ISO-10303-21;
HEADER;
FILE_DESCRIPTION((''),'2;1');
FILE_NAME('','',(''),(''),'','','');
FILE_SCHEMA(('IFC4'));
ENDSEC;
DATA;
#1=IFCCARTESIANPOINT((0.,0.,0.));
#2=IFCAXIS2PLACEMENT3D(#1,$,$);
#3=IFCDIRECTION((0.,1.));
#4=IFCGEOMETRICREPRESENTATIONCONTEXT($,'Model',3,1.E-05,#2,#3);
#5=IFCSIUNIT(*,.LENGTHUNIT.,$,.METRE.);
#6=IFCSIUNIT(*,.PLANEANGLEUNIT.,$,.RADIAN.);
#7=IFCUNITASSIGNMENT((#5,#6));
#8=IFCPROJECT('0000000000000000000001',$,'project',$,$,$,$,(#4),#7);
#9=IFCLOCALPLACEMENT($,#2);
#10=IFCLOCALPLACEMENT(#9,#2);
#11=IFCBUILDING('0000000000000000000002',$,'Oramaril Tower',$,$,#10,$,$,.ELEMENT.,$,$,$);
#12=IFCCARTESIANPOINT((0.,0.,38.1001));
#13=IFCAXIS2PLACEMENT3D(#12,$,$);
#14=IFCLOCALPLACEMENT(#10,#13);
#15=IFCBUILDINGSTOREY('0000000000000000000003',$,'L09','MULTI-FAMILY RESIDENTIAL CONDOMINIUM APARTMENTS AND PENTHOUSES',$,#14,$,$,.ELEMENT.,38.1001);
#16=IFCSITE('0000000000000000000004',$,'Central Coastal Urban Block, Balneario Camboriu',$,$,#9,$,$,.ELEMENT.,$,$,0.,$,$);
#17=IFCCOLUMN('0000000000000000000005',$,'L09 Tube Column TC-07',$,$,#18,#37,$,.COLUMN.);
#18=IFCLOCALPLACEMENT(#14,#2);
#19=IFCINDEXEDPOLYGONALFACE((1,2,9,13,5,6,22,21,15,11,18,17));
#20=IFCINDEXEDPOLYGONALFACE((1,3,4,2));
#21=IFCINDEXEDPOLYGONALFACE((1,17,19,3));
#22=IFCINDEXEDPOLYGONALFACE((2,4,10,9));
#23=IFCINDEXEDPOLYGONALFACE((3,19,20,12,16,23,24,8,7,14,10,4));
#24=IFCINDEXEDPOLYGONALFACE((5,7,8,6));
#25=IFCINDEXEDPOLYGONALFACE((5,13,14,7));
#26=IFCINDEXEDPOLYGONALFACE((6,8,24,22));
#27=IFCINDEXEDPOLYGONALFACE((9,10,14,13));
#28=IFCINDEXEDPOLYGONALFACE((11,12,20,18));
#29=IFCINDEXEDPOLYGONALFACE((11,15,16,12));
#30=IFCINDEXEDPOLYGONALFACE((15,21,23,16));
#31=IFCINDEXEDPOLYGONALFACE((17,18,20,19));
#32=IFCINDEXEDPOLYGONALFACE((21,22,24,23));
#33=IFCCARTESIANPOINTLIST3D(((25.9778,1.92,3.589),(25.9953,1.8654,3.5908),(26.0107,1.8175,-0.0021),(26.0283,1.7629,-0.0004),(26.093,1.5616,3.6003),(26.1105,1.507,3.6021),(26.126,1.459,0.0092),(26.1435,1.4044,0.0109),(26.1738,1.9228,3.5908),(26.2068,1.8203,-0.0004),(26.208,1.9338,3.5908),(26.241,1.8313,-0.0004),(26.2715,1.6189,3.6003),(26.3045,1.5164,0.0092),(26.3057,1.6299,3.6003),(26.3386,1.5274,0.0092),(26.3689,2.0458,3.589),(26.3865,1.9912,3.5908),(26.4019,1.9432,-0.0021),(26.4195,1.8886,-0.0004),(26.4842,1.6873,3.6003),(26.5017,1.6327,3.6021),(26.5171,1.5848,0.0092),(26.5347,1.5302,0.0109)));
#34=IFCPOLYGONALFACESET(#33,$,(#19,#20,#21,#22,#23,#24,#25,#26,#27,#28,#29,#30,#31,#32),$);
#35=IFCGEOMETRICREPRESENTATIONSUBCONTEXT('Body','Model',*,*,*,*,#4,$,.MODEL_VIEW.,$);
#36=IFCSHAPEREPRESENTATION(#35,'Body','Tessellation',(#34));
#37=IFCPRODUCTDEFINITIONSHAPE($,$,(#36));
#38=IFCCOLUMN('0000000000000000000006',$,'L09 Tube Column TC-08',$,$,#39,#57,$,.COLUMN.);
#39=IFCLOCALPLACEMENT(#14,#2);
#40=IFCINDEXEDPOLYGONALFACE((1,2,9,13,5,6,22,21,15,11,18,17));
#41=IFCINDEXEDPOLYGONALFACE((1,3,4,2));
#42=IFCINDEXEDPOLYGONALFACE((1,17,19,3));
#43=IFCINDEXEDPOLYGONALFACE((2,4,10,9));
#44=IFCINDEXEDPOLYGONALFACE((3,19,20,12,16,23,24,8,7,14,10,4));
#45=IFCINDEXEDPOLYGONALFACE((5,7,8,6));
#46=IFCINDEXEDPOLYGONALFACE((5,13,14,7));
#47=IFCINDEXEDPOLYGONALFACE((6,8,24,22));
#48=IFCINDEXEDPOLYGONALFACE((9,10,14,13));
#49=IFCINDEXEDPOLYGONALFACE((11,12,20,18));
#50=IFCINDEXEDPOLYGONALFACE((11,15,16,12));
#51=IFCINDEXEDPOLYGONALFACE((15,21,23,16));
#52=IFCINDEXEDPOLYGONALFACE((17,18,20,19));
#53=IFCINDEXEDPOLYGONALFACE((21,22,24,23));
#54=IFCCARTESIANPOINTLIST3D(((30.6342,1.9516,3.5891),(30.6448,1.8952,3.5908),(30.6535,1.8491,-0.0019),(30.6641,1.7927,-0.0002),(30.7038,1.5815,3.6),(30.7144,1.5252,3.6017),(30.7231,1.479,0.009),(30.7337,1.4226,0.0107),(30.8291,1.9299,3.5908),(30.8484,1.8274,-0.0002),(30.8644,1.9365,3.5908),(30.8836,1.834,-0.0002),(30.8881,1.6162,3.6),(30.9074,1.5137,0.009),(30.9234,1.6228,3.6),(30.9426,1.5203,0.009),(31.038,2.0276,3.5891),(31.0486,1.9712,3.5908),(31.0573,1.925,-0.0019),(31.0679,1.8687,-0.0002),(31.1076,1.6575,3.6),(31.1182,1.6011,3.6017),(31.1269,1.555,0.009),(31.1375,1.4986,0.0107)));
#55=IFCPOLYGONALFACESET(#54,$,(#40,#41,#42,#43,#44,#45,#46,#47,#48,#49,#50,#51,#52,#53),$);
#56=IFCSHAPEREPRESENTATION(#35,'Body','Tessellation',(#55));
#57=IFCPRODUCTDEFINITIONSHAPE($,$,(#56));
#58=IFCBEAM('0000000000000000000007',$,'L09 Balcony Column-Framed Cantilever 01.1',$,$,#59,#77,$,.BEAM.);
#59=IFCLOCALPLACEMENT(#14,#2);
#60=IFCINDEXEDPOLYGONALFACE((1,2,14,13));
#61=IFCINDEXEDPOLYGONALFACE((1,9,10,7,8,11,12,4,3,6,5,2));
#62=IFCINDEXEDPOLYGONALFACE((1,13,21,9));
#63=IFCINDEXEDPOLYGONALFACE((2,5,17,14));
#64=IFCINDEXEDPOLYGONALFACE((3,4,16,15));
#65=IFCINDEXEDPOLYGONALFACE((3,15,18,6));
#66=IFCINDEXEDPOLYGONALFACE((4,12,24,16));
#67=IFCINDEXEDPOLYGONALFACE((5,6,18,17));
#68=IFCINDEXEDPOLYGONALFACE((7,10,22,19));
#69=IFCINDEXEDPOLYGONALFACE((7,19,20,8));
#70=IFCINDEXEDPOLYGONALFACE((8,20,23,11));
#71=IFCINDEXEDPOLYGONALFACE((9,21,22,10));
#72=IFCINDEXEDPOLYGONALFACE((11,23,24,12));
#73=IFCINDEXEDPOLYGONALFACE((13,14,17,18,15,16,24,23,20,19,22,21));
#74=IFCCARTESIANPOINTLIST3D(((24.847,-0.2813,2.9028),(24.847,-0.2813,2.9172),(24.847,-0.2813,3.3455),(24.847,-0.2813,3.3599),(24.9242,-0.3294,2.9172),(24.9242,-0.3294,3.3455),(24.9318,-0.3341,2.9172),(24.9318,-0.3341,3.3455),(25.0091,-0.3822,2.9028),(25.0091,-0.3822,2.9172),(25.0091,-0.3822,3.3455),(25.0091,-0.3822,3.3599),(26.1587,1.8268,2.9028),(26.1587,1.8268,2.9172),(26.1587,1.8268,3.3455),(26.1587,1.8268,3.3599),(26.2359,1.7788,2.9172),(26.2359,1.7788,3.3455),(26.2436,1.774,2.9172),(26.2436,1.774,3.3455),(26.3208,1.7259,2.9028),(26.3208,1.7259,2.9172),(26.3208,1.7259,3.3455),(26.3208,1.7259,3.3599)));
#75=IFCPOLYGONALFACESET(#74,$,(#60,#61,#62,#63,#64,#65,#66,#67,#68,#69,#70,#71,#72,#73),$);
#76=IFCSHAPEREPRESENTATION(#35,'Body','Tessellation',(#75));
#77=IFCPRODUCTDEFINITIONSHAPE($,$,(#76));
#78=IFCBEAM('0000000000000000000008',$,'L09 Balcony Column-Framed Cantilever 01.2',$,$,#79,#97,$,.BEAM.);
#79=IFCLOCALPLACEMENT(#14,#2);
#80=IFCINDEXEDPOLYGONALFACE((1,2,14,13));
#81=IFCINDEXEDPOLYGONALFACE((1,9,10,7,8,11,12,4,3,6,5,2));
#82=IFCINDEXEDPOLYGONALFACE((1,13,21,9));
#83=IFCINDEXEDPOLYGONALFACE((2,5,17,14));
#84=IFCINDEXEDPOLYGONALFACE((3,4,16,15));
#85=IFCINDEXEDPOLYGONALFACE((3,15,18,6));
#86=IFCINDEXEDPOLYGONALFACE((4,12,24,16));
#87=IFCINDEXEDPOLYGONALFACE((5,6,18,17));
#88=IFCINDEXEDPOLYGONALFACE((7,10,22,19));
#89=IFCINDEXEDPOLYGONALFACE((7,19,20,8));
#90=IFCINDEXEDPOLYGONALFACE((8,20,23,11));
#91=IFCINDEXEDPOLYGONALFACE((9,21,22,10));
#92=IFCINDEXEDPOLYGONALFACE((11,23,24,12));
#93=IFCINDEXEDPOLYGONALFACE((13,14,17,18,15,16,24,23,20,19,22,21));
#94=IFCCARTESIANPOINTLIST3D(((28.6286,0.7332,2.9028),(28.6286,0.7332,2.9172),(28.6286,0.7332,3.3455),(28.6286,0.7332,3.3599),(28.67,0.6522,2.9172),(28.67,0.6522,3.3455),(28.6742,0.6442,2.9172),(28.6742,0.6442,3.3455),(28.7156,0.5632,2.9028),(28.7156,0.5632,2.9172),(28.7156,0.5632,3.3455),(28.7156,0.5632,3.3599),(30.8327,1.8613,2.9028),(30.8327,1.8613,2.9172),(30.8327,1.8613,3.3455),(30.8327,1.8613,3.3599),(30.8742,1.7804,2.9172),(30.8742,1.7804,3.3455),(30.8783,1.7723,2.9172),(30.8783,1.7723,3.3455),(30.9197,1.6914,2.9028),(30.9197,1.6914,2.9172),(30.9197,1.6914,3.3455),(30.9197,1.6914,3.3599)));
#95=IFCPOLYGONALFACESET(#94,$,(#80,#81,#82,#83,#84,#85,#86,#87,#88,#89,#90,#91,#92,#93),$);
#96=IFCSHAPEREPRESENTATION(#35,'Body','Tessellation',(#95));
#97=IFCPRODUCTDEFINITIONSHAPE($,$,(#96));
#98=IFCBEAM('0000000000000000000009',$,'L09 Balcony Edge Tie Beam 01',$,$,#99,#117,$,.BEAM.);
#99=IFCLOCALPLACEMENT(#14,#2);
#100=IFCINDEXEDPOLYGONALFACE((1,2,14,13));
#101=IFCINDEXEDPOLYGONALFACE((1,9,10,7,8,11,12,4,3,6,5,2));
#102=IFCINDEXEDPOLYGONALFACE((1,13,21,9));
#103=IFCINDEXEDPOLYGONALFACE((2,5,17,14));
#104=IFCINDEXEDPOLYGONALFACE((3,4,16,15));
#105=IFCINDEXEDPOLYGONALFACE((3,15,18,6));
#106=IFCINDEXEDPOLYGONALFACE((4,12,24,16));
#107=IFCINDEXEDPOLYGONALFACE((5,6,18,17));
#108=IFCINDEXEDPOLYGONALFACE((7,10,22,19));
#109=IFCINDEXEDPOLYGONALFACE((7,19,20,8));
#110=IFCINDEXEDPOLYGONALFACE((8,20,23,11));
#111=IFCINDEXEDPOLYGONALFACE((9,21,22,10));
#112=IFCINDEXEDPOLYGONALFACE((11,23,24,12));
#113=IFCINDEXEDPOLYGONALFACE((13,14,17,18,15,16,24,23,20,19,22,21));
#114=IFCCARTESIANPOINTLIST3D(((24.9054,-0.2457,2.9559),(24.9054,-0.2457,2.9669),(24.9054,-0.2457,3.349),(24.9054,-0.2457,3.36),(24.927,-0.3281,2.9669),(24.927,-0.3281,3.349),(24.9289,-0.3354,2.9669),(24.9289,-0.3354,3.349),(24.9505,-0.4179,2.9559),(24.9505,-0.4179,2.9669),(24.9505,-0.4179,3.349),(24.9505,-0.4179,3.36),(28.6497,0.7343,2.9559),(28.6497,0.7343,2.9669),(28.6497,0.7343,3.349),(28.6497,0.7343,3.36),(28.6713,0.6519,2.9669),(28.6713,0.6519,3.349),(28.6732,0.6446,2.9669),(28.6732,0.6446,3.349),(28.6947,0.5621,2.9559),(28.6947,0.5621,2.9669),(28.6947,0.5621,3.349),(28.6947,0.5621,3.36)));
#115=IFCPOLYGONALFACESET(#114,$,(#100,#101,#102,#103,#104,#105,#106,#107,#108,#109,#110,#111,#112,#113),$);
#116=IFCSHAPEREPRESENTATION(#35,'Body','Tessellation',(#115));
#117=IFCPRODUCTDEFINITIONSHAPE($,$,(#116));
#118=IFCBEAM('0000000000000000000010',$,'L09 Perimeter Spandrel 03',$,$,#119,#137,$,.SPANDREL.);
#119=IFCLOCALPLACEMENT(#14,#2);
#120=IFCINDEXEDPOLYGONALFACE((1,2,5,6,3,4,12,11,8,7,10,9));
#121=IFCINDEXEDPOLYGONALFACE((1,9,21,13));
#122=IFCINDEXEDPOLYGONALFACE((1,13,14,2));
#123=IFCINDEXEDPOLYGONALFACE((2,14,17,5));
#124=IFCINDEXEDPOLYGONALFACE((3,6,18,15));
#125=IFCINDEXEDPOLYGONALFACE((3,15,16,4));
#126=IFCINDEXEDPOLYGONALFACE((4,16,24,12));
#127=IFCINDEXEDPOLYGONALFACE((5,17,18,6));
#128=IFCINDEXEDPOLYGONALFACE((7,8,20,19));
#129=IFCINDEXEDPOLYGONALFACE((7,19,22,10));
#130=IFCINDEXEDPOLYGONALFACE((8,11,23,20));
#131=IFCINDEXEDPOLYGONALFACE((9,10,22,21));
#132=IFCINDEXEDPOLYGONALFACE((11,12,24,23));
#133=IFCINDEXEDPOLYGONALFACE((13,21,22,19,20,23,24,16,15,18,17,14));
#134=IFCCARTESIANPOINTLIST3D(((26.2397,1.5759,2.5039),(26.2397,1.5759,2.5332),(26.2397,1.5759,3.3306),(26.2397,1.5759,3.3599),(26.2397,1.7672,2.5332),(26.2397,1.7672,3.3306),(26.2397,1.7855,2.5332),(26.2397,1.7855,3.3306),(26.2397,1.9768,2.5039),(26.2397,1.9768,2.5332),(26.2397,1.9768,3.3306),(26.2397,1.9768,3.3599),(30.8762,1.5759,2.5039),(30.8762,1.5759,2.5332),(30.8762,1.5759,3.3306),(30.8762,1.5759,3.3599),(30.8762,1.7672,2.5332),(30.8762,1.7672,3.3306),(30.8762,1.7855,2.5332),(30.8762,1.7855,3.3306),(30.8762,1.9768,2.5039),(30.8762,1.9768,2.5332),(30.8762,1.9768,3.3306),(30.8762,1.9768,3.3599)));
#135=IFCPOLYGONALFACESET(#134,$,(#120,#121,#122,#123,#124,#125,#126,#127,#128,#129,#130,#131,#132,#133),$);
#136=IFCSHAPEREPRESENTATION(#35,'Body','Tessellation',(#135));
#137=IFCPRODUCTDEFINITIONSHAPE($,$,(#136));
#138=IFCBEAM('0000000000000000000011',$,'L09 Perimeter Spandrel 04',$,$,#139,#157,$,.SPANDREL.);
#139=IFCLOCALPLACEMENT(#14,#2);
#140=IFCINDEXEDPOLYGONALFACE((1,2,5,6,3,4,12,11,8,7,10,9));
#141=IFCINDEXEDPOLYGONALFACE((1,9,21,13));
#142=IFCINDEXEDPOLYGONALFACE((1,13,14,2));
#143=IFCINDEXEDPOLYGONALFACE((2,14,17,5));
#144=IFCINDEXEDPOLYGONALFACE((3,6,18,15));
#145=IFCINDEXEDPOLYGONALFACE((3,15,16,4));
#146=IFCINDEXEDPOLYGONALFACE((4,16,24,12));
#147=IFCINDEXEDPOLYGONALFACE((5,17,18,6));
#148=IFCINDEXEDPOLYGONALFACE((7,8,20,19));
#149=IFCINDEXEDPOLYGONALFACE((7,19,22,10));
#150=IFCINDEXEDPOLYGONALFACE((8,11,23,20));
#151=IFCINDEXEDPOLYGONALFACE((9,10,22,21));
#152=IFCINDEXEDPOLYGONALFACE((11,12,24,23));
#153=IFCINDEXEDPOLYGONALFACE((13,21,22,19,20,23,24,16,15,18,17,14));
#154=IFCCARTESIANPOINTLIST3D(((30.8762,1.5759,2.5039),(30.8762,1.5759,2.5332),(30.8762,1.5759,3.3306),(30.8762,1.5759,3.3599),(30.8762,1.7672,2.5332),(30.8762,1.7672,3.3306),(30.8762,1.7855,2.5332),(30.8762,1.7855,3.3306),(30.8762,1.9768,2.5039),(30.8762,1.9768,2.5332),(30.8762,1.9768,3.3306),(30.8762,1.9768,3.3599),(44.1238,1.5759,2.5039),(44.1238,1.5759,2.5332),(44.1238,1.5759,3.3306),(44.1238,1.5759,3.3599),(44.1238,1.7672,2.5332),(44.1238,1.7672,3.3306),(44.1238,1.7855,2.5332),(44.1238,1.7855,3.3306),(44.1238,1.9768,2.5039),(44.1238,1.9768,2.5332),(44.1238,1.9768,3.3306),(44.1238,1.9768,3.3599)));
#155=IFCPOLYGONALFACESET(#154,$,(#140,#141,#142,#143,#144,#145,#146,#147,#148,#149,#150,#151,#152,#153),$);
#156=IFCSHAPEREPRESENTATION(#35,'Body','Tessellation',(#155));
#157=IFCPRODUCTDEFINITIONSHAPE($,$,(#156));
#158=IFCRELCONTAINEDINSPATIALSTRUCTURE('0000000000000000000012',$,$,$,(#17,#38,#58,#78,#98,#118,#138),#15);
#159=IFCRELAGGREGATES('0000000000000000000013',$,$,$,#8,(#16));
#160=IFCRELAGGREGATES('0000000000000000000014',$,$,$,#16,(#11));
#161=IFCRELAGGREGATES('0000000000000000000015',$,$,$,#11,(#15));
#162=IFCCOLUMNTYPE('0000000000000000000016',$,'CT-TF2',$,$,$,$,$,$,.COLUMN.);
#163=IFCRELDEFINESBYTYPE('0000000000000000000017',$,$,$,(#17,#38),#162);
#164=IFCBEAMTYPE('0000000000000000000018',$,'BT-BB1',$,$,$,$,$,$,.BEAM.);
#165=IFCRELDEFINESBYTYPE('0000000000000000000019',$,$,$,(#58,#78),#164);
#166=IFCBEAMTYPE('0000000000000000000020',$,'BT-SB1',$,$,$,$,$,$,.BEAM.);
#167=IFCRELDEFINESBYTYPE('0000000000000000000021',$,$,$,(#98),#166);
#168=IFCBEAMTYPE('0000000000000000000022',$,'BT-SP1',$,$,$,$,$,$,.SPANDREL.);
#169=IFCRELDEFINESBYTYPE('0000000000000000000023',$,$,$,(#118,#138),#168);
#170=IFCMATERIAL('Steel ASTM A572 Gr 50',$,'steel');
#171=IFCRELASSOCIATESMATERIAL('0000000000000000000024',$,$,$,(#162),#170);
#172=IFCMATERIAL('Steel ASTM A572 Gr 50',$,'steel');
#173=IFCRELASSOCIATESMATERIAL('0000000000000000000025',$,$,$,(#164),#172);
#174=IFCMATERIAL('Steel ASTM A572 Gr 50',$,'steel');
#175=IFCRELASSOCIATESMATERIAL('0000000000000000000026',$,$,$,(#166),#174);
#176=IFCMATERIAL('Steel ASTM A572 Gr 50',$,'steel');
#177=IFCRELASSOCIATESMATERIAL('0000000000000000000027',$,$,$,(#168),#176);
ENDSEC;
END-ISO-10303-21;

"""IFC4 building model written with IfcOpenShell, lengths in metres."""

from ifc_helpers import new_model, si_unit, direction, frame, origin, origin_2d, place, context, subcontext, project, spatial, i_section, extrude, material, material_profile, profile_set, type_object, element, save


model = new_model("IFC4")

# Units and contexts
model_context = context("Model", 3, precision=1e-05, world=origin(), true_north=direction((0.0, 1.0)))
body_context = subcontext(model_context, "Body", "Model", "MODEL_VIEW")
ifc_project = project(units=[si_unit("LENGTHUNIT", "METRE"), si_unit("PLANEANGLEUNIT", "RADIAN")], contexts=[model_context])

# Site, building, storey
site_placement = place(None, origin())
site = spatial("IfcSite", under=ifc_project, at=site_placement, Name="Central Coastal Urban Block, Balneario Camboriu", CompositionType="ELEMENT", RefElevation=0.0)
building_placement = place(site_placement, origin())
building = spatial("IfcBuilding", under=site, at=building_placement, Name="Oramaril Tower", CompositionType="ELEMENT")
storey_placement = place(building_placement, frame((0.0, 0.0, 38.1001)))
storey = spatial("IfcBuildingStorey", under=building, at=storey_placement, Name="L09", Description="MULTI-FAMILY RESIDENTIAL CONDOMINIUM APARTMENTS AND PENTHOUSES", CompositionType="ELEMENT", Elevation=38.1001)

# Columns
ifc_material_1 = material(Name="Steel ASTM A572 Gr 50", Category="steel")
ifc_material_profile_1 = material_profile(ifc_material_1, i_section(OverallWidth=0.4109, OverallDepth=0.4341, WebThickness=0.0359, FlangeThickness=0.0574, at=origin_2d()), Name="W14X311")
ifc_profile_set_1 = profile_set([ifc_material_profile_1], Name="Steel ASTM A572 Gr 50")
column_type = type_object("IfcColumnType", Name="CT-TF2", PredefinedType="COLUMN", material=ifc_profile_set_1)
column_1_placement = place(storey_placement, frame((26.2727, 1.6738, 0.0044), z_axis=(-0.009174, 0.028541, 0.999551), x_axis=(-0.952029, -0.306009, 0.0)))
element("IfcColumn", 1, at=column_1_placement, inside=storey, type_object=column_type, Name="L09 Tube Column TC-07", PredefinedType="COLUMN", context=body_context, shape_type="SweptSolid", body=[
    extrude(i_section(OverallWidth=0.4109, OverallDepth=0.4341, WebThickness=0.0359, FlangeThickness=0.0574, at=origin_2d()), origin(), (0.0, 0.0, 1.0), 3.5928),
])
column_2_placement = place(storey_placement, frame((30.8955, 1.6738, 0.0044), z_axis=(-0.005369, 0.028542, 0.999578), x_axis=(-0.982766, -0.184854, 0.0)))
element("IfcColumn", 2, at=column_2_placement, inside=storey, type_object=column_type, Name="L09 Tube Column TC-08", PredefinedType="COLUMN", context=body_context, shape_type="SweptSolid", body=[
    extrude(i_section(OverallWidth=0.4109, OverallDepth=0.4341, WebThickness=0.0359, FlangeThickness=0.0574, at=origin_2d()), origin(), (0.0, 0.0, 1.0), 3.5925),
])

# Beams
ifc_material_2 = material(Name="Steel ASTM A572 Gr 50", Category="steel")
ifc_material_profile_2 = material_profile(ifc_material_2, i_section(OverallWidth=0.1909, OverallDepth=0.457, WebThickness=0.009, FlangeThickness=0.0144, at=origin_2d()), Name="W18X50")
ifc_profile_set_2 = profile_set([ifc_material_profile_2], Name="Steel ASTM A572 Gr 50")
beam_type_1 = type_object("IfcBeamType", Name="BT-BB1", PredefinedType="BEAM", material=ifc_profile_set_2)
beam_1_placement = place(storey_placement, frame((26.2397, 1.7764, 3.1313), z_axis=(-0.52831, -0.849052, 0.0), x_axis=(0.849052, -0.52831, 0.0)))
element("IfcBeam", 3, at=beam_1_placement, inside=storey, type_object=beam_type_1, Name="L09 Balcony Column-Framed Cantilever 01.1", PredefinedType="BEAM", context=body_context, shape_type="SweptSolid", body=[
    extrude(i_section(OverallWidth=0.1909, OverallDepth=0.457, WebThickness=0.009, FlangeThickness=0.0144, at=origin_2d()), origin(), (0.0, 0.0, 1.0), 2.4829),
])
beam_2_placement = place(storey_placement, frame((30.8762, 1.7764, 3.1313), z_axis=(-0.890167, -0.455634, 0.0), x_axis=(0.455634, -0.890167, 0.0)))
element("IfcBeam", 4, at=beam_2_placement, inside=storey, type_object=beam_type_1, Name="L09 Balcony Column-Framed Cantilever 01.2", PredefinedType="BEAM", context=body_context, shape_type="SweptSolid", body=[
    extrude(i_section(OverallWidth=0.1909, OverallDepth=0.457, WebThickness=0.009, FlangeThickness=0.0144, at=origin_2d()), origin(), (0.0, 0.0, 1.0), 2.4761),
])
ifc_material_3 = material(Name="Steel ASTM A572 Gr 50", Category="steel")
ifc_material_profile_3 = material_profile(ifc_material_3, i_section(OverallWidth=0.178, OverallDepth=0.4041, WebThickness=0.0076, FlangeThickness=0.011, at=origin_2d()), Name="W16X36")
ifc_profile_set_3 = profile_set([ifc_material_profile_3], Name="Steel ASTM A572 Gr 50")
beam_type_2 = type_object("IfcBeamType", Name="BT-SB1", PredefinedType="BEAM", material=ifc_profile_set_3)
beam_3_placement = place(storey_placement, frame((24.928, -0.3318, 3.158), z_axis=(0.967412, 0.253208, 0.0), x_axis=(-0.253208, 0.967412, 0.0)))
element("IfcBeam", 5, at=beam_3_placement, inside=storey, type_object=beam_type_2, Name="L09 Balcony Edge Tie Beam 01", PredefinedType="BEAM", context=body_context, shape_type="SweptSolid", body=[
    extrude(i_section(OverallWidth=0.178, OverallDepth=0.4041, WebThickness=0.0076, FlangeThickness=0.011, at=origin_2d()), origin(), (0.0, 0.0, 1.0), 3.8704),
])
ifc_material_4 = material(Name="Steel ASTM A572 Gr 50", Category="steel")
ifc_material_profile_4 = material_profile(ifc_material_4, i_section(OverallWidth=0.4009, OverallDepth=0.856, WebThickness=0.0183, FlangeThickness=0.0293, at=origin_2d()), Name="W33X201")
ifc_profile_set_4 = profile_set([ifc_material_profile_4], Name="Steel ASTM A572 Gr 50")
beam_type_3 = type_object("IfcBeamType", Name="BT-SP1", PredefinedType="SPANDREL", material=ifc_profile_set_4)
beam_4_placement = place(storey_placement, frame((26.2397, 1.7764, 2.9319), z_axis=(1.0, 0.0, 0.0), x_axis=(0.0, 1.0, 0.0)))
element("IfcBeam", 6, at=beam_4_placement, inside=storey, type_object=beam_type_3, Name="L09 Perimeter Spandrel 03", PredefinedType="SPANDREL", context=body_context, shape_type="SweptSolid", body=[
    extrude(i_section(OverallWidth=0.4009, OverallDepth=0.856, WebThickness=0.0183, FlangeThickness=0.0293, at=origin_2d()), origin(), (0.0, 0.0, 1.0), 4.6365),
])
beam_5_placement = place(storey_placement, frame((30.8762, 1.7764, 2.9319), z_axis=(1.0, 0.0, 0.0), x_axis=(0.0, 1.0, 0.0)))
element("IfcBeam", 7, at=beam_5_placement, inside=storey, type_object=beam_type_3, Name="L09 Perimeter Spandrel 04", PredefinedType="SPANDREL", context=body_context, shape_type="SweptSolid", body=[
    extrude(i_section(OverallWidth=0.4009, OverallDepth=0.856, WebThickness=0.0183, FlangeThickness=0.0293, at=origin_2d()), origin(), (0.0, 0.0, 1.0), 13.2476),
])

save(model, "model.ifc")
